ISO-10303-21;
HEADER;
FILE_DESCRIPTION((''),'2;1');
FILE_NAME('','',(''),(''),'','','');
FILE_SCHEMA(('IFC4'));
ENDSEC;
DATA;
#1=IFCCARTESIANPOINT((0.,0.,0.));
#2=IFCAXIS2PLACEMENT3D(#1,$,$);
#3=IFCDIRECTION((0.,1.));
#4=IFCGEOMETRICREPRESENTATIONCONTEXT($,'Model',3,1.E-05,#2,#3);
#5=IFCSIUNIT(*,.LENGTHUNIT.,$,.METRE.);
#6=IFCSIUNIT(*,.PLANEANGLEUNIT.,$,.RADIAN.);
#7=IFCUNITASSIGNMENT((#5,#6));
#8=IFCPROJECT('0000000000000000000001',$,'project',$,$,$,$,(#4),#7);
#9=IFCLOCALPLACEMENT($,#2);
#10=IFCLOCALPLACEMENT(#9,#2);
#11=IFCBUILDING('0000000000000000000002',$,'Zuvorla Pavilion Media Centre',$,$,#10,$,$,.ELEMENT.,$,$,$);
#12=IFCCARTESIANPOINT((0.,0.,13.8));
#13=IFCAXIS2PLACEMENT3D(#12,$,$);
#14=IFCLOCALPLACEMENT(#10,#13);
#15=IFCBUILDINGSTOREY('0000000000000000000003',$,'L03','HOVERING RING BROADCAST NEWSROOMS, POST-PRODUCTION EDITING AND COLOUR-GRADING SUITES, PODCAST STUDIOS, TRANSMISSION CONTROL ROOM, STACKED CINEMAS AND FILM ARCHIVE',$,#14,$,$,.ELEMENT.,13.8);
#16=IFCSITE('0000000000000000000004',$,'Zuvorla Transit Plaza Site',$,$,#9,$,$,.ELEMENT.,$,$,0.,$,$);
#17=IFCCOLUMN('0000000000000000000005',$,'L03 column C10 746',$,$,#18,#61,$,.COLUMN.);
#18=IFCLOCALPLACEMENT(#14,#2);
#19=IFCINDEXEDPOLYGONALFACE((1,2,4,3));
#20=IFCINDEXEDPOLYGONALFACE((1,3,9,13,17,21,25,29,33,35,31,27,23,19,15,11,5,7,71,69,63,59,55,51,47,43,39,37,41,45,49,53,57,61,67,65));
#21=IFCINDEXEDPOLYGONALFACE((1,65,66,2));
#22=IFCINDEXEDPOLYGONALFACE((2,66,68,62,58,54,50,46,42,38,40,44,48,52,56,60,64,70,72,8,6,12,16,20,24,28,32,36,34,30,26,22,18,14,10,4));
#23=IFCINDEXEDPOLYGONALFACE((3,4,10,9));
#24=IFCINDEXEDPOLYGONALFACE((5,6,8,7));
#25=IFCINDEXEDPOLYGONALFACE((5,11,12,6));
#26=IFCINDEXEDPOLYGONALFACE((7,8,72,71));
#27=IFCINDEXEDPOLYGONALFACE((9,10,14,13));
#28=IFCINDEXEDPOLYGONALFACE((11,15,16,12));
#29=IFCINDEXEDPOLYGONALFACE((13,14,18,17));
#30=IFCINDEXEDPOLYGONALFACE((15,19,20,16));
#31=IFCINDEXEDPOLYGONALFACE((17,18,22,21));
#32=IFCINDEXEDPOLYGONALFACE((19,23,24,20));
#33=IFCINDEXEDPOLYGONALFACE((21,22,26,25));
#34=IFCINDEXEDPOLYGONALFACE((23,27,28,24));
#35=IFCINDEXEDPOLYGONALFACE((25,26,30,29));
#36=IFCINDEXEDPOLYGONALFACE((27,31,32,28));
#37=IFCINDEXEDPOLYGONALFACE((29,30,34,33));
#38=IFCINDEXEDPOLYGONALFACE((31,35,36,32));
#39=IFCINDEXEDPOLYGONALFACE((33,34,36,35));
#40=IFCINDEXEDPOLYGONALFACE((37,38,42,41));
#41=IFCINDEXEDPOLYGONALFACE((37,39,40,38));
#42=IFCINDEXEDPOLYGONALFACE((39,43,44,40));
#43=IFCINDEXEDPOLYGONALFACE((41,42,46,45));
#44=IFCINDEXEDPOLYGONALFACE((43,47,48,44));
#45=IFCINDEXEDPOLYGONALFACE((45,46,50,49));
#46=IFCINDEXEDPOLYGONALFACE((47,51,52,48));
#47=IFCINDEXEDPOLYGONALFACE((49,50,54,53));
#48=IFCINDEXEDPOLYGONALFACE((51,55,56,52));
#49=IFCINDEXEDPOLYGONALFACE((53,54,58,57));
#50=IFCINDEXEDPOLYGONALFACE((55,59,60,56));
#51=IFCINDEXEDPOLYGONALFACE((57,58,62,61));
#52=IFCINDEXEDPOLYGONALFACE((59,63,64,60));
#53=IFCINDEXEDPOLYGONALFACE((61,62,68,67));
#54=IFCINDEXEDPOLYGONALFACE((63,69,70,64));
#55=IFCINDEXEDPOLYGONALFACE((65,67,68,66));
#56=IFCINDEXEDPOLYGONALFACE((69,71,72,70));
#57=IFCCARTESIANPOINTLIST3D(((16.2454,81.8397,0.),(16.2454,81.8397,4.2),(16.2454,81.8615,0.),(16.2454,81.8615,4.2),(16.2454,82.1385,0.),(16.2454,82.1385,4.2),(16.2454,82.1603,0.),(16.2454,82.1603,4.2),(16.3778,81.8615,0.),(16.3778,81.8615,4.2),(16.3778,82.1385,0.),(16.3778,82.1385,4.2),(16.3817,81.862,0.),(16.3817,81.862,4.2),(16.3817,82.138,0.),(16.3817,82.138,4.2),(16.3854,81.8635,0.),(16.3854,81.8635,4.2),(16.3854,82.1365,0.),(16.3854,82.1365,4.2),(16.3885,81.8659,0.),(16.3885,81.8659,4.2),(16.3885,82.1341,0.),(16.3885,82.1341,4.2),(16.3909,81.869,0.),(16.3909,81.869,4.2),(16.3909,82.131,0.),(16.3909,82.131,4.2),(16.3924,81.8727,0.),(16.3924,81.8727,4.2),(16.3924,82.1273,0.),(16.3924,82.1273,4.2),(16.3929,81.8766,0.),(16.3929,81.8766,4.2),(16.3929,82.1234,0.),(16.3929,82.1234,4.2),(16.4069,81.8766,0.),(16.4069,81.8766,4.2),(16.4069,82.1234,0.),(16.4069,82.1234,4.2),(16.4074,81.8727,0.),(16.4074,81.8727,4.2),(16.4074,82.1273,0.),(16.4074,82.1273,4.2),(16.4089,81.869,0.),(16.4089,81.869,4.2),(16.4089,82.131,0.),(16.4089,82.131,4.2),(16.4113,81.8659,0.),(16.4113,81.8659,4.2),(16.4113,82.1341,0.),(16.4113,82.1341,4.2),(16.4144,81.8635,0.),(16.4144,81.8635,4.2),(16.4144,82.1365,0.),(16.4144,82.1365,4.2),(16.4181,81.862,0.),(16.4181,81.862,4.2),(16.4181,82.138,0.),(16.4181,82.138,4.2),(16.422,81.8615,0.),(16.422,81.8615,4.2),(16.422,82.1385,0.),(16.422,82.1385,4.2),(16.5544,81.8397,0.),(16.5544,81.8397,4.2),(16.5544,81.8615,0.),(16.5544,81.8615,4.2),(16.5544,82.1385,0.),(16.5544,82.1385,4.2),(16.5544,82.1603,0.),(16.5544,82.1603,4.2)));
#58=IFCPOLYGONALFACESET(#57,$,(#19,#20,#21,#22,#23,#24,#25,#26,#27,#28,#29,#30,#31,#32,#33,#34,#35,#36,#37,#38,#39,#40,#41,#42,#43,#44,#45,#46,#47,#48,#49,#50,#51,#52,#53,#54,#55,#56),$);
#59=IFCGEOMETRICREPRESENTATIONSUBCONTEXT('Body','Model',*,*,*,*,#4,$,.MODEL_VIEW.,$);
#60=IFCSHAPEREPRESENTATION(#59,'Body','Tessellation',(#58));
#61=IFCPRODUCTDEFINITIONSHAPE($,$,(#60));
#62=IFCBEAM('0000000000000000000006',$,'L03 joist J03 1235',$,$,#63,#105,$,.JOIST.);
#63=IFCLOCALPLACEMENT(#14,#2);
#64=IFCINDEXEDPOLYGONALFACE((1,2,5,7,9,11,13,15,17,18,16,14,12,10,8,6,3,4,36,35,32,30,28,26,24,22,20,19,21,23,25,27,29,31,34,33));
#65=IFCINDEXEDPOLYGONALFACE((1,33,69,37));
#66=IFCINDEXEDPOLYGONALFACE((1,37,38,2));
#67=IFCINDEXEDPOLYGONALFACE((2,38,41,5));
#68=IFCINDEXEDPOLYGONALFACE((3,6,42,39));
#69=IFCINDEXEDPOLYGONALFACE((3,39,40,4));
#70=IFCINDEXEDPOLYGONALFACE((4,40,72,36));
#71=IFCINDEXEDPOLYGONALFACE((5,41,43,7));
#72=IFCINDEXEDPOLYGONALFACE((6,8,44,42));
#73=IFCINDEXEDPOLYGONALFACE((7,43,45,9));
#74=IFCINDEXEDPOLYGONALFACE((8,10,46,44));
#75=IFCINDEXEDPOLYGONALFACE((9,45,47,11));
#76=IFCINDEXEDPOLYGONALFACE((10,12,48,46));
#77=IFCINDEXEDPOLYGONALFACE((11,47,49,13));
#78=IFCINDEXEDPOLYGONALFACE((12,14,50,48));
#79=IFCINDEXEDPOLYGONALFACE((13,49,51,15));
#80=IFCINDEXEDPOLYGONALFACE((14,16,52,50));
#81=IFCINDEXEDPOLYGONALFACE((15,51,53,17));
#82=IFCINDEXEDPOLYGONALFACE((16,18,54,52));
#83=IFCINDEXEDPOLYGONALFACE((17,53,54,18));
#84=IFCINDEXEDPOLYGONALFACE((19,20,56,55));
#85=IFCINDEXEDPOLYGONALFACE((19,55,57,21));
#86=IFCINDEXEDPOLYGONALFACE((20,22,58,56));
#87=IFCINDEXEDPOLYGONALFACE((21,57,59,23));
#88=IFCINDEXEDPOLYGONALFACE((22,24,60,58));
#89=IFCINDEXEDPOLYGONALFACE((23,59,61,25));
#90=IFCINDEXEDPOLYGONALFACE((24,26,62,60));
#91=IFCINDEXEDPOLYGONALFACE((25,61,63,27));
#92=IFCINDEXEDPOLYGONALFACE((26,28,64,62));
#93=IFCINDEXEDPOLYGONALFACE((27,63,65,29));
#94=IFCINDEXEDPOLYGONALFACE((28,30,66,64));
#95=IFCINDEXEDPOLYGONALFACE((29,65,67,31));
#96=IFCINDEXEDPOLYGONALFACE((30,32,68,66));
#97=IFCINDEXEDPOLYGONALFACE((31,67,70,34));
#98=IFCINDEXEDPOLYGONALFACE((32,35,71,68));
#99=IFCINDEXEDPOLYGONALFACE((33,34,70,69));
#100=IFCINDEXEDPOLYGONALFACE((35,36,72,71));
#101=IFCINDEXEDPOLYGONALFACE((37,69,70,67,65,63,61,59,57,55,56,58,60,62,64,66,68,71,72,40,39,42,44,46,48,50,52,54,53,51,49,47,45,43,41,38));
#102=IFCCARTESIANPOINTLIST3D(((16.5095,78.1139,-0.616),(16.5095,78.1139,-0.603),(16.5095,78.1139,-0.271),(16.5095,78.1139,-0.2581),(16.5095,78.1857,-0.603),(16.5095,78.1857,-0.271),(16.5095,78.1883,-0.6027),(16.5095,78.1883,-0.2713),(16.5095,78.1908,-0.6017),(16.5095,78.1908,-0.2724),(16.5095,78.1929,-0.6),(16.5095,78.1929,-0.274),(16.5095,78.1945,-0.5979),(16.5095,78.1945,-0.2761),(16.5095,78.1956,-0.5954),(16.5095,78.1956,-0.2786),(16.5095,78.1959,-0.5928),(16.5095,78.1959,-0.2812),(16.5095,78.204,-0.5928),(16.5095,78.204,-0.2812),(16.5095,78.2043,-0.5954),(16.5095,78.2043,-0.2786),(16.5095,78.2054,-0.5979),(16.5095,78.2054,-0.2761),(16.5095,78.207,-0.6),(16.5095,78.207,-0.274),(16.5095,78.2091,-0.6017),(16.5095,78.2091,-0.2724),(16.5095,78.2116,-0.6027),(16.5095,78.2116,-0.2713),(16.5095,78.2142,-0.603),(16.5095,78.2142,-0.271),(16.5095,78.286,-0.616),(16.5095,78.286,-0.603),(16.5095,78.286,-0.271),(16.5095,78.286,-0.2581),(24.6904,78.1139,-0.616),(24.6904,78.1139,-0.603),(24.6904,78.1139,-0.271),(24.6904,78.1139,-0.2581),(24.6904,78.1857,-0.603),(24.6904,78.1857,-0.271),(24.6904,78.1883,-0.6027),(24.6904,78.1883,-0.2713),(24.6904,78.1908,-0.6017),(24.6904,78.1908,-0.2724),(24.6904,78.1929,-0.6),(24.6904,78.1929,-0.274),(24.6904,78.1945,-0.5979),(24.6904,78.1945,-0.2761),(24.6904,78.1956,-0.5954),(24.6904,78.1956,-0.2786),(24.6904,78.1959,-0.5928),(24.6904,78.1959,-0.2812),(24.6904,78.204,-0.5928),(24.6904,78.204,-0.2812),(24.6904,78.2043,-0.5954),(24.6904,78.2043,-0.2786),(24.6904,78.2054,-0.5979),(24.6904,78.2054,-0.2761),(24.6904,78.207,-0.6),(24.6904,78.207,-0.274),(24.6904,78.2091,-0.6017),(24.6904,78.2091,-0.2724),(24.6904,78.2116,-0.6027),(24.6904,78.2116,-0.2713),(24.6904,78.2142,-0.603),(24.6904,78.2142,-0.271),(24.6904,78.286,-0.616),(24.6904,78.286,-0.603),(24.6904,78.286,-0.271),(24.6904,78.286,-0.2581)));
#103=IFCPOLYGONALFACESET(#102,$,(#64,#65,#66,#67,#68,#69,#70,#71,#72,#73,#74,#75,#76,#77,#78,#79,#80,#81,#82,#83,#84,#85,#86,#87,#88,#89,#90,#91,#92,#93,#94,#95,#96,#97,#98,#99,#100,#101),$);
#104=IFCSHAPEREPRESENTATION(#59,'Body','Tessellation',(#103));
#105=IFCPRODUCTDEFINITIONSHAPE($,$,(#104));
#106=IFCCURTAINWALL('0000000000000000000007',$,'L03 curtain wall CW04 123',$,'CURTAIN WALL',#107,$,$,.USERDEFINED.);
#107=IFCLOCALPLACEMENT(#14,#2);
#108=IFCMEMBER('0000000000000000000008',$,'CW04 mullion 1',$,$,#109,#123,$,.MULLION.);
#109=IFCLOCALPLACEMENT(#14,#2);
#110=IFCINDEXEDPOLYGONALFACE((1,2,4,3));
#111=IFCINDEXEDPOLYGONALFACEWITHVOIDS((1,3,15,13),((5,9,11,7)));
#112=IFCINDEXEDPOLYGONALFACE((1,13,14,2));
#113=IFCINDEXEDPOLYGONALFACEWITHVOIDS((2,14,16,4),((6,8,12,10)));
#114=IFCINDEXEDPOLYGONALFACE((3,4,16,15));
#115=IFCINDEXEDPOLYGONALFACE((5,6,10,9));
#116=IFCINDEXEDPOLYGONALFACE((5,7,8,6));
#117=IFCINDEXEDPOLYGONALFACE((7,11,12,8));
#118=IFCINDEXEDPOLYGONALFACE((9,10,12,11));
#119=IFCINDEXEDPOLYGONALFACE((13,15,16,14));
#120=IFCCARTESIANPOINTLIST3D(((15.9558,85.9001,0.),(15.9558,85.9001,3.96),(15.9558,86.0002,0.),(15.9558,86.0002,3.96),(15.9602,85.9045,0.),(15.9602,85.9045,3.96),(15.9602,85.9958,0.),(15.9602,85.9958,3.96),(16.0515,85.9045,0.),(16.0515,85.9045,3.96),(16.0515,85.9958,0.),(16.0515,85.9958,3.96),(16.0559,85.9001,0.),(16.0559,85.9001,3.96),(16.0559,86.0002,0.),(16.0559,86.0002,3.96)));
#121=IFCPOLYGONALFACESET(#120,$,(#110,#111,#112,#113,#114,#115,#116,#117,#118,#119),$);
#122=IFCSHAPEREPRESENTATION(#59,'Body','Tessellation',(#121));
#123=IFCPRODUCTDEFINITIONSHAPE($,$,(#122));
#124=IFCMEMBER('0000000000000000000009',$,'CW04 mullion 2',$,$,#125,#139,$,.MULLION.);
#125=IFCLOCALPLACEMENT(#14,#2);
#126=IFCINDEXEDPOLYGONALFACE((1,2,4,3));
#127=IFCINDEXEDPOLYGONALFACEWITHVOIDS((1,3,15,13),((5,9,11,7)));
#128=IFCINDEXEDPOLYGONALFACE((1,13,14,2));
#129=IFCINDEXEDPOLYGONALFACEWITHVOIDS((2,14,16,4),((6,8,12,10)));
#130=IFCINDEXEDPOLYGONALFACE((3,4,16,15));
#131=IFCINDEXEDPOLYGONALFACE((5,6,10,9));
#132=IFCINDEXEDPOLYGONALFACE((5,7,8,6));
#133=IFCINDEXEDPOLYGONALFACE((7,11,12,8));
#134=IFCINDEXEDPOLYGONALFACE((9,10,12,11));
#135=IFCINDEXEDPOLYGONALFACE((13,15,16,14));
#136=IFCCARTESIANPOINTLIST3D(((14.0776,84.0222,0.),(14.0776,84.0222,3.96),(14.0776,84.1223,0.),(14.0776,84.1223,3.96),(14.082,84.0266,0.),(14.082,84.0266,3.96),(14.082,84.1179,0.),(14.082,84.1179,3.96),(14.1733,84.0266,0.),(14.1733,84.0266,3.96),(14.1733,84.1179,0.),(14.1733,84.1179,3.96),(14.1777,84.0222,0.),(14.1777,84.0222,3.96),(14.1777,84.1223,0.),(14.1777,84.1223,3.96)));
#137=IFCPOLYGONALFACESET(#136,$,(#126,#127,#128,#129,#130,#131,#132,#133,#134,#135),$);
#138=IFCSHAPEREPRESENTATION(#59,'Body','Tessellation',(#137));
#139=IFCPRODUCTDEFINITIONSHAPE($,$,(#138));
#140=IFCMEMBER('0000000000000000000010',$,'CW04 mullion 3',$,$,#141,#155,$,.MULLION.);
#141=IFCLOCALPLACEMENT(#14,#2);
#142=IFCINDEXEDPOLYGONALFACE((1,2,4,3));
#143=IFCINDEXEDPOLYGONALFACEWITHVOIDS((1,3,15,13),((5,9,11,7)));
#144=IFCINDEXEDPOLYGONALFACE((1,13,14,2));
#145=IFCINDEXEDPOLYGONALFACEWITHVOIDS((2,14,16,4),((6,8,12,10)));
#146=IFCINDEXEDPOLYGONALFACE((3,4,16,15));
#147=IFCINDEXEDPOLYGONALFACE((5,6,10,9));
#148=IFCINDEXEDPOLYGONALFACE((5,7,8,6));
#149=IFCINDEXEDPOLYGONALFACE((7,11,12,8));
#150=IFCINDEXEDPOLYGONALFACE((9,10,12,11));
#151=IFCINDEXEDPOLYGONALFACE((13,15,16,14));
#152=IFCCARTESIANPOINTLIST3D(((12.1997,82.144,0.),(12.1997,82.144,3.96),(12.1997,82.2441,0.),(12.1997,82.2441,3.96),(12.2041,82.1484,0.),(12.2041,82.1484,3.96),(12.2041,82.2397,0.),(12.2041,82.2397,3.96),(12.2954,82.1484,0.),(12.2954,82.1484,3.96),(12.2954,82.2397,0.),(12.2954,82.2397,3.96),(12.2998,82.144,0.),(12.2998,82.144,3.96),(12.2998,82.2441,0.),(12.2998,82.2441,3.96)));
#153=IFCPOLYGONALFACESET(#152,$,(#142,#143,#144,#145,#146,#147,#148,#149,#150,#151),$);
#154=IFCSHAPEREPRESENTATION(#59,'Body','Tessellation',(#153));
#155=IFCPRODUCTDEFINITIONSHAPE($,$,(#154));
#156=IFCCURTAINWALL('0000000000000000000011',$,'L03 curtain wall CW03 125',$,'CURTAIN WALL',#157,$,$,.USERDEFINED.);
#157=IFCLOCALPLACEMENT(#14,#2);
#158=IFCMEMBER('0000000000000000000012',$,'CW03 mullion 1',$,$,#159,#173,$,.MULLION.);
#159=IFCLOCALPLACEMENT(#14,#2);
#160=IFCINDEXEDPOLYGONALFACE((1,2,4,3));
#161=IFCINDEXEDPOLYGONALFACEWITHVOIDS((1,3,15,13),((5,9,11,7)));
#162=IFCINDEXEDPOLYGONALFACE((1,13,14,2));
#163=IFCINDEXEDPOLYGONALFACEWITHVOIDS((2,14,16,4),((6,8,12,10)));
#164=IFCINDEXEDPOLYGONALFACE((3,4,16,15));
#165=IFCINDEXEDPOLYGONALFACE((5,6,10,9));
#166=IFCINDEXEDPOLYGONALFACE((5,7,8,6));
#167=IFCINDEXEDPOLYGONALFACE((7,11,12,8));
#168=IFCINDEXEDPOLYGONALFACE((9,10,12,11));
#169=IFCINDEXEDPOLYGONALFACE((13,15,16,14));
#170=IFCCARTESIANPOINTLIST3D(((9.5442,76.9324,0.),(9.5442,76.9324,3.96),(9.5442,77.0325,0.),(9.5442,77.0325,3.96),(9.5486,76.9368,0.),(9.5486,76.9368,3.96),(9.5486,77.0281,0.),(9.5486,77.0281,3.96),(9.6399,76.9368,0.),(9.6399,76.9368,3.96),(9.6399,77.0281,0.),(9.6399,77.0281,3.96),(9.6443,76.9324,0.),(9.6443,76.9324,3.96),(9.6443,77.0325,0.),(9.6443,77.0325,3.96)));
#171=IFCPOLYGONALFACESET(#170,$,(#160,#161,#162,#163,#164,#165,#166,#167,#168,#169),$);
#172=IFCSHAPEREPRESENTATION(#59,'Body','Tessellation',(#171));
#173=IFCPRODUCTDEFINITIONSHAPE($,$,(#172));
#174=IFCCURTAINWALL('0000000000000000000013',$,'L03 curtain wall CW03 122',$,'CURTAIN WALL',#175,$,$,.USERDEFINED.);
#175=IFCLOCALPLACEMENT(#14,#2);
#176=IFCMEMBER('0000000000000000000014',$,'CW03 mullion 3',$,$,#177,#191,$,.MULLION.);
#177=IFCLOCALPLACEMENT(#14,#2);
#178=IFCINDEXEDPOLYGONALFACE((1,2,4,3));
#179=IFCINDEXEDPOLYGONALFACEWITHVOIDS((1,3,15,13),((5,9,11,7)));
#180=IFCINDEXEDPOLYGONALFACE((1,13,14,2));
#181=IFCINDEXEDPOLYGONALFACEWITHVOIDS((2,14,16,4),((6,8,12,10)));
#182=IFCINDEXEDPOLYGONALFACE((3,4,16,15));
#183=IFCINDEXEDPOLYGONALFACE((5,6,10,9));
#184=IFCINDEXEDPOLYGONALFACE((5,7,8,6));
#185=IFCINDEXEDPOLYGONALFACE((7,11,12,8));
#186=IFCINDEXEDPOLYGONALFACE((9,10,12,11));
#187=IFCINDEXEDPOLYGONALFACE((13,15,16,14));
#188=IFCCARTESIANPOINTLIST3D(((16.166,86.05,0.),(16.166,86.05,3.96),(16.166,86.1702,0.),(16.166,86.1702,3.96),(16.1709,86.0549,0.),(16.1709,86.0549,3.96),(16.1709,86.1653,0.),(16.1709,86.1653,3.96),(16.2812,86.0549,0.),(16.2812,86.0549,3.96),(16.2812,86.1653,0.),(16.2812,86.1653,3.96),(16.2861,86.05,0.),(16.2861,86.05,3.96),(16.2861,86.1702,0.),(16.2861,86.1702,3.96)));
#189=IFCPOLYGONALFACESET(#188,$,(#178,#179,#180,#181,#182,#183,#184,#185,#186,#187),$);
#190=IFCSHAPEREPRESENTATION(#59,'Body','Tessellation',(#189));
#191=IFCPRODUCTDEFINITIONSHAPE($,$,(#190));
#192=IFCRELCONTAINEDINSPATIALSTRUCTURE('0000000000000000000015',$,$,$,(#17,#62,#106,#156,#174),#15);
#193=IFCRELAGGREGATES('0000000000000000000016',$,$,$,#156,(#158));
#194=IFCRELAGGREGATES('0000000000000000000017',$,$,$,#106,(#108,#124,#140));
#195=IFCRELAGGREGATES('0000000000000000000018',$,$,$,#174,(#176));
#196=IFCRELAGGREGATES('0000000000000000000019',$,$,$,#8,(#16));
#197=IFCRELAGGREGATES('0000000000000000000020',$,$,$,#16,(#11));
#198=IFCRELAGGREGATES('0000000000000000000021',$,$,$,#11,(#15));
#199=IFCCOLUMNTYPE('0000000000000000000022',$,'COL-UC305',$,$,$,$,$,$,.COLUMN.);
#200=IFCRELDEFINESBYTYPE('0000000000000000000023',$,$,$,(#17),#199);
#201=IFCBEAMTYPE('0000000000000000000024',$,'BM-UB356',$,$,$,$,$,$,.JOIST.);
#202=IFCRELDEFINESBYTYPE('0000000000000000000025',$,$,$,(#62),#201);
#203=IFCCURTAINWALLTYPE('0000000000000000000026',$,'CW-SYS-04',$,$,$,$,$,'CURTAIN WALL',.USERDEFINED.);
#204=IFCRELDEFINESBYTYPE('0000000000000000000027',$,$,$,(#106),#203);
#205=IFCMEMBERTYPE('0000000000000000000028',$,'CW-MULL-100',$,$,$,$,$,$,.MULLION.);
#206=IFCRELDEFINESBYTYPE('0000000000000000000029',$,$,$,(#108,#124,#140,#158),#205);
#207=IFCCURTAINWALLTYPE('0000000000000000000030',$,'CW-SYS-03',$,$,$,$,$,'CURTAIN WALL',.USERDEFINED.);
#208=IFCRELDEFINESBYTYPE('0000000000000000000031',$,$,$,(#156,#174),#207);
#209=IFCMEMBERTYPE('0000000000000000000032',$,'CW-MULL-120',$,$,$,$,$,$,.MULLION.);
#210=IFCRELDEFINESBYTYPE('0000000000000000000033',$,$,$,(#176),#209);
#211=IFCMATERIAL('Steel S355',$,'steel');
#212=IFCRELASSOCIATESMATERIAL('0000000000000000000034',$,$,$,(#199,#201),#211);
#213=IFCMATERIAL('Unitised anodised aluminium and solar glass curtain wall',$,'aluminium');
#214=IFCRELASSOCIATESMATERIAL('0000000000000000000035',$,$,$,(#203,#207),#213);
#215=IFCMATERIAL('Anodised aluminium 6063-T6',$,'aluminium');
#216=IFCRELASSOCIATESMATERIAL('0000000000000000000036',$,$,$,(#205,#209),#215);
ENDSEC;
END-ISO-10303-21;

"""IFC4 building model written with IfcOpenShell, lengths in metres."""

from ifc_helpers import new_model, si_unit, direction, frame, origin, origin_2d, place, context, subcontext, project, spatial, hollow_rectangle, i_section, extrude, material, material_profile, profile_set, type_object, element, aggregate, save


model = new_model("IFC4")

# Units and contexts
model_context = context("Model", 3, precision=1e-05, world=origin(), true_north=direction((0.0, 1.0)))
body_context = subcontext(model_context, "Body", "Model", "MODEL_VIEW")
ifc_project = project(units=[si_unit("LENGTHUNIT", "METRE"), si_unit("PLANEANGLEUNIT", "RADIAN")], contexts=[model_context])

# Site, building, storey
site_placement = place(None, origin())
site = spatial("IfcSite", under=ifc_project, at=site_placement, Name="Zuvorla Transit Plaza Site", CompositionType="ELEMENT", RefElevation=0.0)
building_placement = place(site_placement, origin())
building = spatial("IfcBuilding", under=site, at=building_placement, Name="Zuvorla Pavilion Media Centre", CompositionType="ELEMENT")
storey_placement = place(building_placement, frame((0.0, 0.0, 13.8)))
storey = spatial("IfcBuildingStorey", under=building, at=storey_placement, Name="L03", Description="HOVERING RING BROADCAST NEWSROOMS, POST-PRODUCTION EDITING AND COLOUR-GRADING SUITES, PODCAST STUDIOS, TRANSMISSION CONTROL ROOM, STACKED CINEMAS AND FILM ARCHIVE", CompositionType="ELEMENT", Elevation=13.8)

# Column
ifc_material_1 = material(Name="Steel S355", Category="steel")
ifc_material_profile_1 = material_profile(ifc_material_1, i_section(OverallWidth=0.3091, OverallDepth=0.3206, WebThickness=0.0139, FlangeThickness=0.0217, FilletRadius=0.0151, at=origin_2d()), Name="UC 305x305x137")
ifc_profile_set_1 = profile_set([ifc_material_profile_1], Name="Steel S355")
column_type = type_object("IfcColumnType", Name="COL-UC305", PredefinedType="COLUMN", material=ifc_profile_set_1)
column_placement = place(storey_placement, frame((16.3999, 82.0, 0.0), z_axis=(0.0, 0.0, 1.0), x_axis=(1.0, 0.0, 0.0)))
element("IfcColumn", 1, at=column_placement, inside=storey, type_object=column_type, Name="L03 column C10 746", PredefinedType="COLUMN", context=body_context, shape_type="SweptSolid", body=[
    extrude(i_section(OverallWidth=0.3091, OverallDepth=0.3206, WebThickness=0.0139, FlangeThickness=0.0217, FilletRadius=0.0151, at=origin_2d()), origin(), (0.0, 0.0, 1.0), 4.2),
])

# Beam
ifc_material_profile_2 = material_profile(ifc_material_1, i_section(OverallWidth=0.1721, OverallDepth=0.3579, WebThickness=0.0081, FlangeThickness=0.0129, FilletRadius=0.0103, at=origin_2d()), Name="UB 356x171x57")
ifc_profile_set_2 = profile_set([ifc_material_profile_2], Name="Steel S355")
beam_type = type_object("IfcBeamType", Name="BM-UB356", PredefinedType="JOIST", material=ifc_profile_set_2)
beam_placement = place(storey_placement, frame((16.5095, 78.2, -0.437), z_axis=(1.0, 0.0, 0.0), x_axis=(0.0, 1.0, 0.0)))
element("IfcBeam", 2, at=beam_placement, inside=storey, type_object=beam_type, Name="L03 joist J03 1235", PredefinedType="JOIST", context=body_context, shape_type="SweptSolid", body=[
    extrude(i_section(OverallWidth=0.1721, OverallDepth=0.3579, WebThickness=0.0081, FlangeThickness=0.0129, FilletRadius=0.0103, at=origin_2d()), origin(), (0.0, 0.0, 1.0), 8.1809),
])

# Curtain wall, members
ifc_material_2 = material(Name="Unitised anodised aluminium and solar glass curtain wall", Category="aluminium")
curtain_wall_type_1 = type_object("IfcCurtainWallType", Name="CW-SYS-04", ElementType="CURTAIN WALL", PredefinedType="USERDEFINED", material=ifc_material_2)
curtain_wall_1_placement = place(storey_placement, origin())
curtain_wall_1 = element("IfcCurtainWall", 3, at=curtain_wall_1_placement, inside=storey, type_object=curtain_wall_type_1, Name="L03 curtain wall CW04 123", ObjectType="CURTAIN WALL", PredefinedType="USERDEFINED")
ifc_material_3 = material(Name="Anodised aluminium 6063-T6", Category="aluminium")
ifc_material_profile_3 = material_profile(ifc_material_3, hollow_rectangle(XDim=0.1001, YDim=0.1001, WallThickness=0.0044, at=origin_2d()), Name="ALU MULL 100x100")
ifc_profile_set_3 = profile_set([ifc_material_profile_3], Name="Anodised aluminium 6063-T6")
member_type_1 = type_object("IfcMemberType", Name="CW-MULL-100", PredefinedType="MULLION", material=ifc_profile_set_3)
member_1_placement = place(storey_placement, frame((16.0059, 85.9502, 0.0), z_axis=(0.0, 0.0, 1.0), x_axis=(1.0, 0.0, 0.0)))
member_1 = element("IfcMember", 4, at=member_1_placement, type_object=member_type_1, Name="CW04 mullion 1", PredefinedType="MULLION", context=body_context, shape_type="SweptSolid", body=[
    extrude(hollow_rectangle(XDim=0.1001, YDim=0.1001, WallThickness=0.0044, at=origin_2d()), origin(), (0.0, 0.0, 1.0), 3.96),
])
member_2_placement = place(storey_placement, frame((14.1277, 84.0723, 0.0), z_axis=(0.0, 0.0, 1.0), x_axis=(1.0, 0.0, 0.0)))
member_2 = element("IfcMember", 5, at=member_2_placement, type_object=member_type_1, Name="CW04 mullion 2", PredefinedType="MULLION", context=body_context, shape_type="SweptSolid", body=[
    extrude(hollow_rectangle(XDim=0.1001, YDim=0.1001, WallThickness=0.0044, at=origin_2d()), origin(), (0.0, 0.0, 1.0), 3.96),
])
member_3_placement = place(storey_placement, frame((12.2498, 82.1941, 0.0), z_axis=(0.0, 0.0, 1.0), x_axis=(1.0, 0.0, 0.0)))
member_3 = element("IfcMember", 6, at=member_3_placement, type_object=member_type_1, Name="CW04 mullion 3", PredefinedType="MULLION", context=body_context, shape_type="SweptSolid", body=[
    extrude(hollow_rectangle(XDim=0.1001, YDim=0.1001, WallThickness=0.0044, at=origin_2d()), origin(), (0.0, 0.0, 1.0), 3.96),
])

# Curtain walls, members
curtain_wall_type_2 = type_object("IfcCurtainWallType", Name="CW-SYS-03", ElementType="CURTAIN WALL", PredefinedType="USERDEFINED", material=ifc_material_2)
curtain_wall_2_placement = place(storey_placement, origin())
curtain_wall_2 = element("IfcCurtainWall", 7, at=curtain_wall_2_placement, inside=storey, type_object=curtain_wall_type_2, Name="L03 curtain wall CW03 125", ObjectType="CURTAIN WALL", PredefinedType="USERDEFINED")
member_4_placement = place(storey_placement, frame((9.5942, 76.9824, 0.0), z_axis=(0.0, 0.0, 1.0), x_axis=(1.0, 0.0, 0.0)))
member_4 = element("IfcMember", 8, at=member_4_placement, type_object=member_type_1, Name="CW03 mullion 1", PredefinedType="MULLION", context=body_context, shape_type="SweptSolid", body=[
    extrude(hollow_rectangle(XDim=0.1001, YDim=0.1001, WallThickness=0.0044, at=origin_2d()), origin(), (0.0, 0.0, 1.0), 3.96),
])
curtain_wall_3_placement = place(storey_placement, origin())
curtain_wall_3 = element("IfcCurtainWall", 9, at=curtain_wall_3_placement, inside=storey, type_object=curtain_wall_type_2, Name="L03 curtain wall CW03 122", ObjectType="CURTAIN WALL", PredefinedType="USERDEFINED")
ifc_material_profile_4 = material_profile(ifc_material_3, hollow_rectangle(XDim=0.1201, YDim=0.1201, WallThickness=0.0049, at=origin_2d()), Name="ALU MULL 120x120")
ifc_profile_set_4 = profile_set([ifc_material_profile_4], Name="Anodised aluminium 6063-T6")
member_type_2 = type_object("IfcMemberType", Name="CW-MULL-120", PredefinedType="MULLION", material=ifc_profile_set_4)
member_5_placement = place(storey_placement, frame((16.2261, 86.1101, 0.0), z_axis=(0.0, 0.0, 1.0), x_axis=(1.0, 0.0, 0.0)))
member_5 = element("IfcMember", 10, at=member_5_placement, type_object=member_type_2, Name="CW03 mullion 3", PredefinedType="MULLION", context=body_context, shape_type="SweptSolid", body=[
    extrude(hollow_rectangle(XDim=0.1201, YDim=0.1201, WallThickness=0.0049, at=origin_2d()), origin(), (0.0, 0.0, 1.0), 3.96),
])

aggregate(curtain_wall_2, [member_4])

aggregate(curtain_wall_1, [member_1, member_2, member_3])
aggregate(curtain_wall_3, [member_5])

save(model, "model.ifc")
